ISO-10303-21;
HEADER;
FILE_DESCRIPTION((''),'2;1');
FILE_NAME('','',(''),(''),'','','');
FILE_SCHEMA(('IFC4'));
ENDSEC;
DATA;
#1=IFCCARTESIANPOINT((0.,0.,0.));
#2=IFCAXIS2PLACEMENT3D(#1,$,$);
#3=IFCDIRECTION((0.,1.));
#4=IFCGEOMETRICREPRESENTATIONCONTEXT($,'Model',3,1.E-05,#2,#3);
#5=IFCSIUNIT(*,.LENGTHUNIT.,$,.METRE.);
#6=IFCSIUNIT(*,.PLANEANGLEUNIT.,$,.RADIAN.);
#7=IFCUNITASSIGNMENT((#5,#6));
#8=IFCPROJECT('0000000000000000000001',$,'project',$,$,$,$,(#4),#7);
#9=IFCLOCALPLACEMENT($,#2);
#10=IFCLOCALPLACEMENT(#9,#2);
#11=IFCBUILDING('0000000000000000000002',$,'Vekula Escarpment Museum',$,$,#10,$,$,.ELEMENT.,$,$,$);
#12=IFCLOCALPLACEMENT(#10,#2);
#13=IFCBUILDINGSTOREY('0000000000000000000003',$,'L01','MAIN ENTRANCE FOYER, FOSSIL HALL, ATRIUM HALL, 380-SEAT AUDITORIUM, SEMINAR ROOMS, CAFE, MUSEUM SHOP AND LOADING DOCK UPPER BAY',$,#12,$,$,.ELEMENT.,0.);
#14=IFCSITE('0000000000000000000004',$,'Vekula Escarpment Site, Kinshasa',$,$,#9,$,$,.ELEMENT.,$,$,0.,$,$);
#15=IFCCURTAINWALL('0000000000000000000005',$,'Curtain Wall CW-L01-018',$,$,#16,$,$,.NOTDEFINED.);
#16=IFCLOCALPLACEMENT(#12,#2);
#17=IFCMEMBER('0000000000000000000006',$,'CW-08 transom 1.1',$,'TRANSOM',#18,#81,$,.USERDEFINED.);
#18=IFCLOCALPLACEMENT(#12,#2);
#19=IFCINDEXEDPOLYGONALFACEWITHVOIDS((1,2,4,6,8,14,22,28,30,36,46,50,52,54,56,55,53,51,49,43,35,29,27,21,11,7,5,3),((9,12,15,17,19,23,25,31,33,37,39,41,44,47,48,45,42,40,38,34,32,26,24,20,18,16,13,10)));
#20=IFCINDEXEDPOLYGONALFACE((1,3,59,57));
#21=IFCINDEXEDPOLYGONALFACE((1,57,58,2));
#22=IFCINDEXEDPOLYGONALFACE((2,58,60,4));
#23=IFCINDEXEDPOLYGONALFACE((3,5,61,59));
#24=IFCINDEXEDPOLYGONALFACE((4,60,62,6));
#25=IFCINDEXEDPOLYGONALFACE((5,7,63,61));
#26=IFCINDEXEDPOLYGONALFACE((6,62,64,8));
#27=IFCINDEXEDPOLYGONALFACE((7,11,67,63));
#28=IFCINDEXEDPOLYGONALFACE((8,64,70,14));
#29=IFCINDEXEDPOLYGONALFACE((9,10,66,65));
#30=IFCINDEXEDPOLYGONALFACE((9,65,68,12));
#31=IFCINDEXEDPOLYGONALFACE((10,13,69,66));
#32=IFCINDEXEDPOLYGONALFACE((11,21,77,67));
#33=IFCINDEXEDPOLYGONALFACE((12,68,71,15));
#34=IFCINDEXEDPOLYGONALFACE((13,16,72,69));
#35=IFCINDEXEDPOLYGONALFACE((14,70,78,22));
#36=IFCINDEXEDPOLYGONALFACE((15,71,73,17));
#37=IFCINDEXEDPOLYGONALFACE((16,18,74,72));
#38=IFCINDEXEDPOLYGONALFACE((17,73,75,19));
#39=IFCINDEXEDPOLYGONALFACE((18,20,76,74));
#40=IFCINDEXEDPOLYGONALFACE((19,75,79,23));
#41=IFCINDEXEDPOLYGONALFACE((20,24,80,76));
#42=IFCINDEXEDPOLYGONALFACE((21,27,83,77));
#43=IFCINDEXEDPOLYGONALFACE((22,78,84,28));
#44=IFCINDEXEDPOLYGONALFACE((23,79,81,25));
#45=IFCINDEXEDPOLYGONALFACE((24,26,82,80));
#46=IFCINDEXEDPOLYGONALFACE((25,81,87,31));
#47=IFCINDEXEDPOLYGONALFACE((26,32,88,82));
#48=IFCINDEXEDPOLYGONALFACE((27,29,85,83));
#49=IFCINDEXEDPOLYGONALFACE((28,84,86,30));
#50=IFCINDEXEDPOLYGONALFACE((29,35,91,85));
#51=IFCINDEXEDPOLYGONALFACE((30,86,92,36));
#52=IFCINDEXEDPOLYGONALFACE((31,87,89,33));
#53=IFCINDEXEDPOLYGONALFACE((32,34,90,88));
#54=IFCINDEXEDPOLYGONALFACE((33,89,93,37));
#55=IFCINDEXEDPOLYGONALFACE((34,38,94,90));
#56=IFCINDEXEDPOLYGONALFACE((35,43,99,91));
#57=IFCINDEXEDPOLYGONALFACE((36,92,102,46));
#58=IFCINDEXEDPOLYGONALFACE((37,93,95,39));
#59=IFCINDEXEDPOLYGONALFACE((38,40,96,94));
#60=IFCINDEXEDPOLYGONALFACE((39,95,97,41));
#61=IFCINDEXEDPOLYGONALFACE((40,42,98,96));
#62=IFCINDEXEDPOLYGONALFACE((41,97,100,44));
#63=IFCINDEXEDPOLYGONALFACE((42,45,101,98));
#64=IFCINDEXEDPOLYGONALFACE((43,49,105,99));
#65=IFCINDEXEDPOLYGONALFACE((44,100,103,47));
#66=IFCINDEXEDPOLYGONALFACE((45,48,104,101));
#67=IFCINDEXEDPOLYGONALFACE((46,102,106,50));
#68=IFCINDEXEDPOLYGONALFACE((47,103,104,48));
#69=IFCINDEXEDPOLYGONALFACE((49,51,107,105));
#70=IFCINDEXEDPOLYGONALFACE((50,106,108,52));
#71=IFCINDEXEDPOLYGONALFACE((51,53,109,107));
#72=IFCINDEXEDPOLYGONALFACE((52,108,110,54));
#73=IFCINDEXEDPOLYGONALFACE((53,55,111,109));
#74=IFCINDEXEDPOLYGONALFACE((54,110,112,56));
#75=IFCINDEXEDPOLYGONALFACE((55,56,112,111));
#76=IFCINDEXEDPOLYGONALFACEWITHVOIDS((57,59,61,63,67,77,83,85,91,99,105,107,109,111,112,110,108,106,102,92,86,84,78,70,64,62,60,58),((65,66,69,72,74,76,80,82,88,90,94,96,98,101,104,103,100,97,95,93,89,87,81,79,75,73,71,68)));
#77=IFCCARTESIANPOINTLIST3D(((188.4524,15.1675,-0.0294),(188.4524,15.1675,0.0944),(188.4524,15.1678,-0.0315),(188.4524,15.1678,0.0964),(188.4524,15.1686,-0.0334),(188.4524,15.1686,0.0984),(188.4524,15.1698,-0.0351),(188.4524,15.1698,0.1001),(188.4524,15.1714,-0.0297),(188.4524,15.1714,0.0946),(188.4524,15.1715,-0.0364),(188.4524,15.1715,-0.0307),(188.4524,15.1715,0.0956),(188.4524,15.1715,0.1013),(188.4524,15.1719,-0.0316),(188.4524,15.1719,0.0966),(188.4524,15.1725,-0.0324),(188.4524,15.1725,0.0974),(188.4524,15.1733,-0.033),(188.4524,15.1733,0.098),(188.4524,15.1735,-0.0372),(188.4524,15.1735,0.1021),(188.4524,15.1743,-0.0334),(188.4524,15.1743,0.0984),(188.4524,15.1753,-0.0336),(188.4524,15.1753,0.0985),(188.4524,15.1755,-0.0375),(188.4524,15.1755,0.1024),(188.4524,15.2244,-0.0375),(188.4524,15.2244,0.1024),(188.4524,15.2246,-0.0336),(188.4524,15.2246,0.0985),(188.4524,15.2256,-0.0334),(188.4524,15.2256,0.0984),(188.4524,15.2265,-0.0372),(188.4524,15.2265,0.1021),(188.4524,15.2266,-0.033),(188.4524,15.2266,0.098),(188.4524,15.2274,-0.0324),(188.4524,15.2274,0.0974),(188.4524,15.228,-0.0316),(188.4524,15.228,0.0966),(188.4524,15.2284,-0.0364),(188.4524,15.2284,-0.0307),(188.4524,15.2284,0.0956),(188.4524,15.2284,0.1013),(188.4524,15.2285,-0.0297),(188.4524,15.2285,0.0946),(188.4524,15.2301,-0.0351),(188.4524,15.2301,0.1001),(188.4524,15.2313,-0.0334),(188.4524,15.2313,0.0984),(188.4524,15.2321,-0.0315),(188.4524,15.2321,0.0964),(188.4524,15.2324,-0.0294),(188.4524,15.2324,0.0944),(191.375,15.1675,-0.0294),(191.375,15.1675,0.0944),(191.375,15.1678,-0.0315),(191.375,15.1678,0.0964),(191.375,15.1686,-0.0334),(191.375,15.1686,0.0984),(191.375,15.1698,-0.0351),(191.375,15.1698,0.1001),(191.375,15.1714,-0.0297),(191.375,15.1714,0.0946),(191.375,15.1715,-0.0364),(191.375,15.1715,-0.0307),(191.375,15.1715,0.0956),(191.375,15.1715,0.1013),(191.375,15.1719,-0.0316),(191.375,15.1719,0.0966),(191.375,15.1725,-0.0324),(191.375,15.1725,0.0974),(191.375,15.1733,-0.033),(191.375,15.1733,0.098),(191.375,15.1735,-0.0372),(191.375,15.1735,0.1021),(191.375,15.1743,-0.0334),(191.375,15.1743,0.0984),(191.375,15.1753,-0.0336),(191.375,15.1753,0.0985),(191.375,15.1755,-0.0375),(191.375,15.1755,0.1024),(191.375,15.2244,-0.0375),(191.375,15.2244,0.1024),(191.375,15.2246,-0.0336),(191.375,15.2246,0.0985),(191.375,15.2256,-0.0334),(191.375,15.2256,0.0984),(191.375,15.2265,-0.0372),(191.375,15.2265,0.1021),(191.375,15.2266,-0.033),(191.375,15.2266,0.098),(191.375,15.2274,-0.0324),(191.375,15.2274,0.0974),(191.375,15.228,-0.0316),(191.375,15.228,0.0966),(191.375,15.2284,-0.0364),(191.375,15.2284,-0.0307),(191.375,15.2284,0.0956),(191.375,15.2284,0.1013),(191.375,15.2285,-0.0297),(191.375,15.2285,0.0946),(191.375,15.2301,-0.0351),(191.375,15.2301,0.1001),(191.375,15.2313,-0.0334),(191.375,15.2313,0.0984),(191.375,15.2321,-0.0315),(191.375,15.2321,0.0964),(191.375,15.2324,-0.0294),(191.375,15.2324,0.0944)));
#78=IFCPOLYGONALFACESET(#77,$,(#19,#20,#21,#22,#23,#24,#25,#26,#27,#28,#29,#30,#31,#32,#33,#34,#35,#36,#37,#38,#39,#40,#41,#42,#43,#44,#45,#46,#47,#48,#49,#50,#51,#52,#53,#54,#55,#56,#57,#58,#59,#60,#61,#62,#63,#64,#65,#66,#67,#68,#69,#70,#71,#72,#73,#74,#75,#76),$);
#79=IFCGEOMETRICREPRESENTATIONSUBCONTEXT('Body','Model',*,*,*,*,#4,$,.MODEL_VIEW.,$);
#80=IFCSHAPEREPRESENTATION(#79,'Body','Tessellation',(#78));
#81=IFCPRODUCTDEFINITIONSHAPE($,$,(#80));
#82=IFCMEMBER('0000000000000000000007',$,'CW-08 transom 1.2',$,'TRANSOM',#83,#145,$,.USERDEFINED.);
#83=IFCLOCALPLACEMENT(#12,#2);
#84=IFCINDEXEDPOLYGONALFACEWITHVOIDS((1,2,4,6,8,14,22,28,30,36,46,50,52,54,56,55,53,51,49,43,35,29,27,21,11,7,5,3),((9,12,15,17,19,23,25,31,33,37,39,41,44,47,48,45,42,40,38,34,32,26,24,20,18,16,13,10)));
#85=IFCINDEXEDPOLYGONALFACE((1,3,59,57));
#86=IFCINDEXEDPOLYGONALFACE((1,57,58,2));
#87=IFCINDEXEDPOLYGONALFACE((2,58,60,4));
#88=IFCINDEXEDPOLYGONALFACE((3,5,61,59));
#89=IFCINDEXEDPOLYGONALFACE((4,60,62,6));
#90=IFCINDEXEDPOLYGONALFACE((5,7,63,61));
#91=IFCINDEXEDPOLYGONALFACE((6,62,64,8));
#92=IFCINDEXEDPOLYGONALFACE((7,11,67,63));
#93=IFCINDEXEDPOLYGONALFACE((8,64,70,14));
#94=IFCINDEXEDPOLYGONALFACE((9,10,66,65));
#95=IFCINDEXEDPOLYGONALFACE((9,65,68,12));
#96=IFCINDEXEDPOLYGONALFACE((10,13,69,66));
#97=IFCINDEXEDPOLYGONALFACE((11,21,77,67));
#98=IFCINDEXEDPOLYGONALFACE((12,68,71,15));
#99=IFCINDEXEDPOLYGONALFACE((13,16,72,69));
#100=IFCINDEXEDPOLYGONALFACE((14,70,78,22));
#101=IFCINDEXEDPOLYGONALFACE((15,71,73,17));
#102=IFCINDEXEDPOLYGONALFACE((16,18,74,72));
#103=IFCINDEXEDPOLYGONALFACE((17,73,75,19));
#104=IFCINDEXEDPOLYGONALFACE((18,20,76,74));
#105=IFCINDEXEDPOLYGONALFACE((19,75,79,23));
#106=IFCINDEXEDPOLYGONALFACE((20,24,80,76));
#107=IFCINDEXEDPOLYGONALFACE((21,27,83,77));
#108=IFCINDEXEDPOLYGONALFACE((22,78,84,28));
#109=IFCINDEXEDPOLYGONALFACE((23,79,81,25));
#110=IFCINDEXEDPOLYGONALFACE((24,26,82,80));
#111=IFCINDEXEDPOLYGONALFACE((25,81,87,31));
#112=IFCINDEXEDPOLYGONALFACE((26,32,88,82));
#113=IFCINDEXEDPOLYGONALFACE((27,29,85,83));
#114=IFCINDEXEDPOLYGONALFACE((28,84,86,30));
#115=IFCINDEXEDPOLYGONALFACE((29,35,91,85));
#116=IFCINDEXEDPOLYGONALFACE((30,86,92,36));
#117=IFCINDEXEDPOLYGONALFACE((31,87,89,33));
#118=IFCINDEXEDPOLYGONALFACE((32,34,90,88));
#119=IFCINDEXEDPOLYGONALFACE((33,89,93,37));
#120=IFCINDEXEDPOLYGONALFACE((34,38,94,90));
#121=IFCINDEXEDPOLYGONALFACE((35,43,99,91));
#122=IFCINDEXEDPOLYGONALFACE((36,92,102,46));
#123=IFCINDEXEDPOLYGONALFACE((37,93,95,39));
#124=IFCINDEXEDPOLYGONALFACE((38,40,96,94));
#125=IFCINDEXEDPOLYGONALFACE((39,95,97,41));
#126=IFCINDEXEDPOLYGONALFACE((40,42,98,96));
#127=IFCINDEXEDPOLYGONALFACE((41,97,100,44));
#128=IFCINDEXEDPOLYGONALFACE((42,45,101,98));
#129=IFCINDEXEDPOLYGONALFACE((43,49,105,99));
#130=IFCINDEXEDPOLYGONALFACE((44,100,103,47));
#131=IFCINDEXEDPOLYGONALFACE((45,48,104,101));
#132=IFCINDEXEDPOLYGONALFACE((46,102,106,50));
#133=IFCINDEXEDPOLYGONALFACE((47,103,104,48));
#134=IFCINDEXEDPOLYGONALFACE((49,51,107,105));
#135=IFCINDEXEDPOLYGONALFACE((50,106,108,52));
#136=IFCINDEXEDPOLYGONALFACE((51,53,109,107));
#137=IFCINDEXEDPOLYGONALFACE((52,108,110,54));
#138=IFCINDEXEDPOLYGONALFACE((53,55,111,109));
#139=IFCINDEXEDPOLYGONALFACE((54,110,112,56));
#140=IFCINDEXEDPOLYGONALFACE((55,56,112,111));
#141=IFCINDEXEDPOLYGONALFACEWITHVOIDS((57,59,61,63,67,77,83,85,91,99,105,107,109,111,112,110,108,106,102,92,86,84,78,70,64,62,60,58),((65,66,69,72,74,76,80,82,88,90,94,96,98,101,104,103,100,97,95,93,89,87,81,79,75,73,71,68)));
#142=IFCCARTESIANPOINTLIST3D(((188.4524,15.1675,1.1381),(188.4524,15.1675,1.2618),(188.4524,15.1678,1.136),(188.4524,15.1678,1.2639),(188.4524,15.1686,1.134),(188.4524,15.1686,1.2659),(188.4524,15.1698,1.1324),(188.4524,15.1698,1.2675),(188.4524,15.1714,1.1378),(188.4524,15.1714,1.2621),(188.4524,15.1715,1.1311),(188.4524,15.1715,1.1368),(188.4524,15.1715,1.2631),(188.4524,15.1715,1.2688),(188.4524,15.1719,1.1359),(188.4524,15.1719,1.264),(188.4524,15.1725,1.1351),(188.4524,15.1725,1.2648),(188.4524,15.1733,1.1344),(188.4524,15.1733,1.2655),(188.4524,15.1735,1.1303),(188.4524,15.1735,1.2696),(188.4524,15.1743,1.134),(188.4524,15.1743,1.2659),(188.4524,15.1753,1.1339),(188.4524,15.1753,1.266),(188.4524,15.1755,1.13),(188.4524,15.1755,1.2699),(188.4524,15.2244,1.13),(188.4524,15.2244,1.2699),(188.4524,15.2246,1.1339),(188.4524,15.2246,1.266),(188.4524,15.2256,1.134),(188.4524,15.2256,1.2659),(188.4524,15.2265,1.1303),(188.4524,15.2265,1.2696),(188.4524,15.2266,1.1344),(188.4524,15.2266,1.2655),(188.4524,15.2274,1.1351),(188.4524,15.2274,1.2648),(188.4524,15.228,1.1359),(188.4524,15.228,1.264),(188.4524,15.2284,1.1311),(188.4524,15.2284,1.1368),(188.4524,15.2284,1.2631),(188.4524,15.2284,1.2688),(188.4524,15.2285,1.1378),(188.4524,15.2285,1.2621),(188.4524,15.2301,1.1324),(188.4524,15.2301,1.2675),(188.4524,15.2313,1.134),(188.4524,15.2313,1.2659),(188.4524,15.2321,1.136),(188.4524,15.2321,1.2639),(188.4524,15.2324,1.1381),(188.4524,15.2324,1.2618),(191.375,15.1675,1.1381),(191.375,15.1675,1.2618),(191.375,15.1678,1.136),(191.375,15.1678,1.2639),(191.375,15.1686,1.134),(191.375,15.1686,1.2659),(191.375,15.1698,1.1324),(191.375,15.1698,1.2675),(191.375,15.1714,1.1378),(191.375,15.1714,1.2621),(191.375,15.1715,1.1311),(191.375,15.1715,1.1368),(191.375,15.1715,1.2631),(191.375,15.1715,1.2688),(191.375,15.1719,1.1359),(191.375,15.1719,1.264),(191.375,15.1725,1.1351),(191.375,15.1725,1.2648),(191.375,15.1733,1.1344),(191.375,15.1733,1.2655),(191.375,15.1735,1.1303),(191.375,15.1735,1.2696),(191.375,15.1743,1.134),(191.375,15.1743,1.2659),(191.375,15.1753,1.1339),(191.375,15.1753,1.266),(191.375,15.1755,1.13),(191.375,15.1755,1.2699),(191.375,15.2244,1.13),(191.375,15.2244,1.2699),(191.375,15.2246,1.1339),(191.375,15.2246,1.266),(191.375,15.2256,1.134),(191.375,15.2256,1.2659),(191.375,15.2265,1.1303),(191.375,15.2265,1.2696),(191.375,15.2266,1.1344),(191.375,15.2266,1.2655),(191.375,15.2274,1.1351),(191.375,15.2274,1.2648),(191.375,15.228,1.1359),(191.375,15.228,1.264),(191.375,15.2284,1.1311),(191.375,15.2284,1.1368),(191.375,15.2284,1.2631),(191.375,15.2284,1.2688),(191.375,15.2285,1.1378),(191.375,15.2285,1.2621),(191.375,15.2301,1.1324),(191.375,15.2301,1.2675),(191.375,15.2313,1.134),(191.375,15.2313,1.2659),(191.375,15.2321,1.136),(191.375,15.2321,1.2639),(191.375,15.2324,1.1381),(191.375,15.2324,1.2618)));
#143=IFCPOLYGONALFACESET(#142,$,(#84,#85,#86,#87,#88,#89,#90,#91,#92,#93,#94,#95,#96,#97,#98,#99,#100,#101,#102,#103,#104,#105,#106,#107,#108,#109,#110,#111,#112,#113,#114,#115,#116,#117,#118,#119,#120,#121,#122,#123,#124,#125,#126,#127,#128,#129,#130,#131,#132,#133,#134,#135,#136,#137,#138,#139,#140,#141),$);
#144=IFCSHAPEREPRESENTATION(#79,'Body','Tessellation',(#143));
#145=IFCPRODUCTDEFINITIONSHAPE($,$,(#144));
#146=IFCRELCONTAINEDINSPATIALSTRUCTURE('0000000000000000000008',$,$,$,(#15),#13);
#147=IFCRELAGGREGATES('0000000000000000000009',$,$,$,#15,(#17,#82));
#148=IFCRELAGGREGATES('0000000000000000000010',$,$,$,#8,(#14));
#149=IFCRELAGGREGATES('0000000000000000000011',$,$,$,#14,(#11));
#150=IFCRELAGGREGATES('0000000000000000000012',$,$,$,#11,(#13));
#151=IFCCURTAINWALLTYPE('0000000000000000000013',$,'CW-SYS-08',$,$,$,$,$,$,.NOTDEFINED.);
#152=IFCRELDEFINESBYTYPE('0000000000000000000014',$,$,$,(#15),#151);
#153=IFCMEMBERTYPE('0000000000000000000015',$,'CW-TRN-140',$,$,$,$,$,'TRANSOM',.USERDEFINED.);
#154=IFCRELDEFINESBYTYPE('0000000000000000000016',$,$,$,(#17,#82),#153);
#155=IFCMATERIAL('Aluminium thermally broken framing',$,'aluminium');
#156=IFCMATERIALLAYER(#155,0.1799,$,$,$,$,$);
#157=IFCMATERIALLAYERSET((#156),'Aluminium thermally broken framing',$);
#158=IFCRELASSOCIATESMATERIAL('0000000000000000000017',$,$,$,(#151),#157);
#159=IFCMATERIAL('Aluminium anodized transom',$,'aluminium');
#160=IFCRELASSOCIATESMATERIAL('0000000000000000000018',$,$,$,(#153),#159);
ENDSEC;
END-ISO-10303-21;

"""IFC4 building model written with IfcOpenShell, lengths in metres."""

from ifc_helpers import new_model, si_unit, direction, frame, origin, origin_2d, place, context, subcontext, project, spatial, hollow_rectangle, extrude, material, layer, layer_set, material_profile, profile_set, type_object, element, aggregate, save


model = new_model("IFC4")

# Units and contexts
model_context = context("Model", 3, precision=1e-05, world=origin(), true_north=direction((0.0, 1.0)))
body_context = subcontext(model_context, "Body", "Model", "MODEL_VIEW")
ifc_project = project(units=[si_unit("LENGTHUNIT", "METRE"), si_unit("PLANEANGLEUNIT", "RADIAN")], contexts=[model_context])

# Site, building, storey
site_placement = place(None, origin())
site = spatial("IfcSite", under=ifc_project, at=site_placement, Name="Vekula Escarpment Site, Kinshasa", CompositionType="ELEMENT", RefElevation=0.0)
building_placement = place(site_placement, origin())
building = spatial("IfcBuilding", under=site, at=building_placement, Name="Vekula Escarpment Museum", CompositionType="ELEMENT")
storey_placement = place(building_placement, origin())
storey = spatial("IfcBuildingStorey", under=building, at=storey_placement, Name="L01", Description="MAIN ENTRANCE FOYER, FOSSIL HALL, ATRIUM HALL, 380-SEAT AUDITORIUM, SEMINAR ROOMS, CAFE, MUSEUM SHOP AND LOADING DOCK UPPER BAY", CompositionType="ELEMENT", Elevation=0.0)

# Curtain wall, members
ifc_material_1 = material(Name="Aluminium thermally broken framing", Category="aluminium")
ifc_layer_1 = layer(ifc_material_1, 0.1799)
ifc_layer_set_1 = layer_set([ifc_layer_1], Name="Aluminium thermally broken framing")
curtain_wall_type = type_object("IfcCurtainWallType", Name="CW-SYS-08", PredefinedType="NOTDEFINED", material=ifc_layer_set_1)
curtain_wall_placement = place(storey_placement, origin())
curtain_wall = element("IfcCurtainWall", 1, at=curtain_wall_placement, inside=storey, type_object=curtain_wall_type, Name="Curtain Wall CW-L01-018", PredefinedType="NOTDEFINED")
ifc_material_2 = material(Name="Aluminium anodized transom", Category="aluminium")
ifc_material_profile_1 = material_profile(ifc_material_2, hollow_rectangle(XDim=0.0649, YDim=0.1399, WallThickness=0.0039, InnerFilletRadius=0.0039, OuterFilletRadius=0.0081, at=origin_2d()), Name="ALU 140x65x4")
ifc_profile_set_1 = profile_set([ifc_material_profile_1], Name="Aluminium anodized transom")
member_type_1 = type_object("IfcMemberType", Name="CW-TRN-140", ElementType="TRANSOM", PredefinedType="USERDEFINED", material=ifc_profile_set_1)
member_1_placement = place(storey_placement, frame((191.375, 15.2, 0.0325), z_axis=(-1.0, 0.0, 0.0), x_axis=(0.0, -1.0, 0.0)))
member_1 = element("IfcMember", 2, at=member_1_placement, type_object=member_type_1, Name="CW-08 transom 1.1", ObjectType="TRANSOM", PredefinedType="USERDEFINED", context=body_context, shape_type="SweptSolid", body=[
    extrude(hollow_rectangle(XDim=0.0649, YDim=0.1399, WallThickness=0.0039, InnerFilletRadius=0.0039, OuterFilletRadius=0.0081, at=origin_2d()), origin(), (0.0, 0.0, 1.0), 2.9226),
])
member_2_placement = place(storey_placement, frame((191.375, 15.2, 1.2), z_axis=(-1.0, 0.0, 0.0), x_axis=(0.0, -1.0, 0.0)))
member_2 = element("IfcMember", 3, at=member_2_placement, type_object=member_type_1, Name="CW-08 transom 1.2", ObjectType="TRANSOM", PredefinedType="USERDEFINED", context=body_context, shape_type="SweptSolid", body=[
    extrude(hollow_rectangle(XDim=0.0649, YDim=0.1399, WallThickness=0.0039, InnerFilletRadius=0.0039, OuterFilletRadius=0.0081, at=origin_2d()), origin(), (0.0, 0.0, 1.0), 2.9226),
])
aggregate(curtain_wall, [member_1, member_2])

save(model, "model.ifc")
